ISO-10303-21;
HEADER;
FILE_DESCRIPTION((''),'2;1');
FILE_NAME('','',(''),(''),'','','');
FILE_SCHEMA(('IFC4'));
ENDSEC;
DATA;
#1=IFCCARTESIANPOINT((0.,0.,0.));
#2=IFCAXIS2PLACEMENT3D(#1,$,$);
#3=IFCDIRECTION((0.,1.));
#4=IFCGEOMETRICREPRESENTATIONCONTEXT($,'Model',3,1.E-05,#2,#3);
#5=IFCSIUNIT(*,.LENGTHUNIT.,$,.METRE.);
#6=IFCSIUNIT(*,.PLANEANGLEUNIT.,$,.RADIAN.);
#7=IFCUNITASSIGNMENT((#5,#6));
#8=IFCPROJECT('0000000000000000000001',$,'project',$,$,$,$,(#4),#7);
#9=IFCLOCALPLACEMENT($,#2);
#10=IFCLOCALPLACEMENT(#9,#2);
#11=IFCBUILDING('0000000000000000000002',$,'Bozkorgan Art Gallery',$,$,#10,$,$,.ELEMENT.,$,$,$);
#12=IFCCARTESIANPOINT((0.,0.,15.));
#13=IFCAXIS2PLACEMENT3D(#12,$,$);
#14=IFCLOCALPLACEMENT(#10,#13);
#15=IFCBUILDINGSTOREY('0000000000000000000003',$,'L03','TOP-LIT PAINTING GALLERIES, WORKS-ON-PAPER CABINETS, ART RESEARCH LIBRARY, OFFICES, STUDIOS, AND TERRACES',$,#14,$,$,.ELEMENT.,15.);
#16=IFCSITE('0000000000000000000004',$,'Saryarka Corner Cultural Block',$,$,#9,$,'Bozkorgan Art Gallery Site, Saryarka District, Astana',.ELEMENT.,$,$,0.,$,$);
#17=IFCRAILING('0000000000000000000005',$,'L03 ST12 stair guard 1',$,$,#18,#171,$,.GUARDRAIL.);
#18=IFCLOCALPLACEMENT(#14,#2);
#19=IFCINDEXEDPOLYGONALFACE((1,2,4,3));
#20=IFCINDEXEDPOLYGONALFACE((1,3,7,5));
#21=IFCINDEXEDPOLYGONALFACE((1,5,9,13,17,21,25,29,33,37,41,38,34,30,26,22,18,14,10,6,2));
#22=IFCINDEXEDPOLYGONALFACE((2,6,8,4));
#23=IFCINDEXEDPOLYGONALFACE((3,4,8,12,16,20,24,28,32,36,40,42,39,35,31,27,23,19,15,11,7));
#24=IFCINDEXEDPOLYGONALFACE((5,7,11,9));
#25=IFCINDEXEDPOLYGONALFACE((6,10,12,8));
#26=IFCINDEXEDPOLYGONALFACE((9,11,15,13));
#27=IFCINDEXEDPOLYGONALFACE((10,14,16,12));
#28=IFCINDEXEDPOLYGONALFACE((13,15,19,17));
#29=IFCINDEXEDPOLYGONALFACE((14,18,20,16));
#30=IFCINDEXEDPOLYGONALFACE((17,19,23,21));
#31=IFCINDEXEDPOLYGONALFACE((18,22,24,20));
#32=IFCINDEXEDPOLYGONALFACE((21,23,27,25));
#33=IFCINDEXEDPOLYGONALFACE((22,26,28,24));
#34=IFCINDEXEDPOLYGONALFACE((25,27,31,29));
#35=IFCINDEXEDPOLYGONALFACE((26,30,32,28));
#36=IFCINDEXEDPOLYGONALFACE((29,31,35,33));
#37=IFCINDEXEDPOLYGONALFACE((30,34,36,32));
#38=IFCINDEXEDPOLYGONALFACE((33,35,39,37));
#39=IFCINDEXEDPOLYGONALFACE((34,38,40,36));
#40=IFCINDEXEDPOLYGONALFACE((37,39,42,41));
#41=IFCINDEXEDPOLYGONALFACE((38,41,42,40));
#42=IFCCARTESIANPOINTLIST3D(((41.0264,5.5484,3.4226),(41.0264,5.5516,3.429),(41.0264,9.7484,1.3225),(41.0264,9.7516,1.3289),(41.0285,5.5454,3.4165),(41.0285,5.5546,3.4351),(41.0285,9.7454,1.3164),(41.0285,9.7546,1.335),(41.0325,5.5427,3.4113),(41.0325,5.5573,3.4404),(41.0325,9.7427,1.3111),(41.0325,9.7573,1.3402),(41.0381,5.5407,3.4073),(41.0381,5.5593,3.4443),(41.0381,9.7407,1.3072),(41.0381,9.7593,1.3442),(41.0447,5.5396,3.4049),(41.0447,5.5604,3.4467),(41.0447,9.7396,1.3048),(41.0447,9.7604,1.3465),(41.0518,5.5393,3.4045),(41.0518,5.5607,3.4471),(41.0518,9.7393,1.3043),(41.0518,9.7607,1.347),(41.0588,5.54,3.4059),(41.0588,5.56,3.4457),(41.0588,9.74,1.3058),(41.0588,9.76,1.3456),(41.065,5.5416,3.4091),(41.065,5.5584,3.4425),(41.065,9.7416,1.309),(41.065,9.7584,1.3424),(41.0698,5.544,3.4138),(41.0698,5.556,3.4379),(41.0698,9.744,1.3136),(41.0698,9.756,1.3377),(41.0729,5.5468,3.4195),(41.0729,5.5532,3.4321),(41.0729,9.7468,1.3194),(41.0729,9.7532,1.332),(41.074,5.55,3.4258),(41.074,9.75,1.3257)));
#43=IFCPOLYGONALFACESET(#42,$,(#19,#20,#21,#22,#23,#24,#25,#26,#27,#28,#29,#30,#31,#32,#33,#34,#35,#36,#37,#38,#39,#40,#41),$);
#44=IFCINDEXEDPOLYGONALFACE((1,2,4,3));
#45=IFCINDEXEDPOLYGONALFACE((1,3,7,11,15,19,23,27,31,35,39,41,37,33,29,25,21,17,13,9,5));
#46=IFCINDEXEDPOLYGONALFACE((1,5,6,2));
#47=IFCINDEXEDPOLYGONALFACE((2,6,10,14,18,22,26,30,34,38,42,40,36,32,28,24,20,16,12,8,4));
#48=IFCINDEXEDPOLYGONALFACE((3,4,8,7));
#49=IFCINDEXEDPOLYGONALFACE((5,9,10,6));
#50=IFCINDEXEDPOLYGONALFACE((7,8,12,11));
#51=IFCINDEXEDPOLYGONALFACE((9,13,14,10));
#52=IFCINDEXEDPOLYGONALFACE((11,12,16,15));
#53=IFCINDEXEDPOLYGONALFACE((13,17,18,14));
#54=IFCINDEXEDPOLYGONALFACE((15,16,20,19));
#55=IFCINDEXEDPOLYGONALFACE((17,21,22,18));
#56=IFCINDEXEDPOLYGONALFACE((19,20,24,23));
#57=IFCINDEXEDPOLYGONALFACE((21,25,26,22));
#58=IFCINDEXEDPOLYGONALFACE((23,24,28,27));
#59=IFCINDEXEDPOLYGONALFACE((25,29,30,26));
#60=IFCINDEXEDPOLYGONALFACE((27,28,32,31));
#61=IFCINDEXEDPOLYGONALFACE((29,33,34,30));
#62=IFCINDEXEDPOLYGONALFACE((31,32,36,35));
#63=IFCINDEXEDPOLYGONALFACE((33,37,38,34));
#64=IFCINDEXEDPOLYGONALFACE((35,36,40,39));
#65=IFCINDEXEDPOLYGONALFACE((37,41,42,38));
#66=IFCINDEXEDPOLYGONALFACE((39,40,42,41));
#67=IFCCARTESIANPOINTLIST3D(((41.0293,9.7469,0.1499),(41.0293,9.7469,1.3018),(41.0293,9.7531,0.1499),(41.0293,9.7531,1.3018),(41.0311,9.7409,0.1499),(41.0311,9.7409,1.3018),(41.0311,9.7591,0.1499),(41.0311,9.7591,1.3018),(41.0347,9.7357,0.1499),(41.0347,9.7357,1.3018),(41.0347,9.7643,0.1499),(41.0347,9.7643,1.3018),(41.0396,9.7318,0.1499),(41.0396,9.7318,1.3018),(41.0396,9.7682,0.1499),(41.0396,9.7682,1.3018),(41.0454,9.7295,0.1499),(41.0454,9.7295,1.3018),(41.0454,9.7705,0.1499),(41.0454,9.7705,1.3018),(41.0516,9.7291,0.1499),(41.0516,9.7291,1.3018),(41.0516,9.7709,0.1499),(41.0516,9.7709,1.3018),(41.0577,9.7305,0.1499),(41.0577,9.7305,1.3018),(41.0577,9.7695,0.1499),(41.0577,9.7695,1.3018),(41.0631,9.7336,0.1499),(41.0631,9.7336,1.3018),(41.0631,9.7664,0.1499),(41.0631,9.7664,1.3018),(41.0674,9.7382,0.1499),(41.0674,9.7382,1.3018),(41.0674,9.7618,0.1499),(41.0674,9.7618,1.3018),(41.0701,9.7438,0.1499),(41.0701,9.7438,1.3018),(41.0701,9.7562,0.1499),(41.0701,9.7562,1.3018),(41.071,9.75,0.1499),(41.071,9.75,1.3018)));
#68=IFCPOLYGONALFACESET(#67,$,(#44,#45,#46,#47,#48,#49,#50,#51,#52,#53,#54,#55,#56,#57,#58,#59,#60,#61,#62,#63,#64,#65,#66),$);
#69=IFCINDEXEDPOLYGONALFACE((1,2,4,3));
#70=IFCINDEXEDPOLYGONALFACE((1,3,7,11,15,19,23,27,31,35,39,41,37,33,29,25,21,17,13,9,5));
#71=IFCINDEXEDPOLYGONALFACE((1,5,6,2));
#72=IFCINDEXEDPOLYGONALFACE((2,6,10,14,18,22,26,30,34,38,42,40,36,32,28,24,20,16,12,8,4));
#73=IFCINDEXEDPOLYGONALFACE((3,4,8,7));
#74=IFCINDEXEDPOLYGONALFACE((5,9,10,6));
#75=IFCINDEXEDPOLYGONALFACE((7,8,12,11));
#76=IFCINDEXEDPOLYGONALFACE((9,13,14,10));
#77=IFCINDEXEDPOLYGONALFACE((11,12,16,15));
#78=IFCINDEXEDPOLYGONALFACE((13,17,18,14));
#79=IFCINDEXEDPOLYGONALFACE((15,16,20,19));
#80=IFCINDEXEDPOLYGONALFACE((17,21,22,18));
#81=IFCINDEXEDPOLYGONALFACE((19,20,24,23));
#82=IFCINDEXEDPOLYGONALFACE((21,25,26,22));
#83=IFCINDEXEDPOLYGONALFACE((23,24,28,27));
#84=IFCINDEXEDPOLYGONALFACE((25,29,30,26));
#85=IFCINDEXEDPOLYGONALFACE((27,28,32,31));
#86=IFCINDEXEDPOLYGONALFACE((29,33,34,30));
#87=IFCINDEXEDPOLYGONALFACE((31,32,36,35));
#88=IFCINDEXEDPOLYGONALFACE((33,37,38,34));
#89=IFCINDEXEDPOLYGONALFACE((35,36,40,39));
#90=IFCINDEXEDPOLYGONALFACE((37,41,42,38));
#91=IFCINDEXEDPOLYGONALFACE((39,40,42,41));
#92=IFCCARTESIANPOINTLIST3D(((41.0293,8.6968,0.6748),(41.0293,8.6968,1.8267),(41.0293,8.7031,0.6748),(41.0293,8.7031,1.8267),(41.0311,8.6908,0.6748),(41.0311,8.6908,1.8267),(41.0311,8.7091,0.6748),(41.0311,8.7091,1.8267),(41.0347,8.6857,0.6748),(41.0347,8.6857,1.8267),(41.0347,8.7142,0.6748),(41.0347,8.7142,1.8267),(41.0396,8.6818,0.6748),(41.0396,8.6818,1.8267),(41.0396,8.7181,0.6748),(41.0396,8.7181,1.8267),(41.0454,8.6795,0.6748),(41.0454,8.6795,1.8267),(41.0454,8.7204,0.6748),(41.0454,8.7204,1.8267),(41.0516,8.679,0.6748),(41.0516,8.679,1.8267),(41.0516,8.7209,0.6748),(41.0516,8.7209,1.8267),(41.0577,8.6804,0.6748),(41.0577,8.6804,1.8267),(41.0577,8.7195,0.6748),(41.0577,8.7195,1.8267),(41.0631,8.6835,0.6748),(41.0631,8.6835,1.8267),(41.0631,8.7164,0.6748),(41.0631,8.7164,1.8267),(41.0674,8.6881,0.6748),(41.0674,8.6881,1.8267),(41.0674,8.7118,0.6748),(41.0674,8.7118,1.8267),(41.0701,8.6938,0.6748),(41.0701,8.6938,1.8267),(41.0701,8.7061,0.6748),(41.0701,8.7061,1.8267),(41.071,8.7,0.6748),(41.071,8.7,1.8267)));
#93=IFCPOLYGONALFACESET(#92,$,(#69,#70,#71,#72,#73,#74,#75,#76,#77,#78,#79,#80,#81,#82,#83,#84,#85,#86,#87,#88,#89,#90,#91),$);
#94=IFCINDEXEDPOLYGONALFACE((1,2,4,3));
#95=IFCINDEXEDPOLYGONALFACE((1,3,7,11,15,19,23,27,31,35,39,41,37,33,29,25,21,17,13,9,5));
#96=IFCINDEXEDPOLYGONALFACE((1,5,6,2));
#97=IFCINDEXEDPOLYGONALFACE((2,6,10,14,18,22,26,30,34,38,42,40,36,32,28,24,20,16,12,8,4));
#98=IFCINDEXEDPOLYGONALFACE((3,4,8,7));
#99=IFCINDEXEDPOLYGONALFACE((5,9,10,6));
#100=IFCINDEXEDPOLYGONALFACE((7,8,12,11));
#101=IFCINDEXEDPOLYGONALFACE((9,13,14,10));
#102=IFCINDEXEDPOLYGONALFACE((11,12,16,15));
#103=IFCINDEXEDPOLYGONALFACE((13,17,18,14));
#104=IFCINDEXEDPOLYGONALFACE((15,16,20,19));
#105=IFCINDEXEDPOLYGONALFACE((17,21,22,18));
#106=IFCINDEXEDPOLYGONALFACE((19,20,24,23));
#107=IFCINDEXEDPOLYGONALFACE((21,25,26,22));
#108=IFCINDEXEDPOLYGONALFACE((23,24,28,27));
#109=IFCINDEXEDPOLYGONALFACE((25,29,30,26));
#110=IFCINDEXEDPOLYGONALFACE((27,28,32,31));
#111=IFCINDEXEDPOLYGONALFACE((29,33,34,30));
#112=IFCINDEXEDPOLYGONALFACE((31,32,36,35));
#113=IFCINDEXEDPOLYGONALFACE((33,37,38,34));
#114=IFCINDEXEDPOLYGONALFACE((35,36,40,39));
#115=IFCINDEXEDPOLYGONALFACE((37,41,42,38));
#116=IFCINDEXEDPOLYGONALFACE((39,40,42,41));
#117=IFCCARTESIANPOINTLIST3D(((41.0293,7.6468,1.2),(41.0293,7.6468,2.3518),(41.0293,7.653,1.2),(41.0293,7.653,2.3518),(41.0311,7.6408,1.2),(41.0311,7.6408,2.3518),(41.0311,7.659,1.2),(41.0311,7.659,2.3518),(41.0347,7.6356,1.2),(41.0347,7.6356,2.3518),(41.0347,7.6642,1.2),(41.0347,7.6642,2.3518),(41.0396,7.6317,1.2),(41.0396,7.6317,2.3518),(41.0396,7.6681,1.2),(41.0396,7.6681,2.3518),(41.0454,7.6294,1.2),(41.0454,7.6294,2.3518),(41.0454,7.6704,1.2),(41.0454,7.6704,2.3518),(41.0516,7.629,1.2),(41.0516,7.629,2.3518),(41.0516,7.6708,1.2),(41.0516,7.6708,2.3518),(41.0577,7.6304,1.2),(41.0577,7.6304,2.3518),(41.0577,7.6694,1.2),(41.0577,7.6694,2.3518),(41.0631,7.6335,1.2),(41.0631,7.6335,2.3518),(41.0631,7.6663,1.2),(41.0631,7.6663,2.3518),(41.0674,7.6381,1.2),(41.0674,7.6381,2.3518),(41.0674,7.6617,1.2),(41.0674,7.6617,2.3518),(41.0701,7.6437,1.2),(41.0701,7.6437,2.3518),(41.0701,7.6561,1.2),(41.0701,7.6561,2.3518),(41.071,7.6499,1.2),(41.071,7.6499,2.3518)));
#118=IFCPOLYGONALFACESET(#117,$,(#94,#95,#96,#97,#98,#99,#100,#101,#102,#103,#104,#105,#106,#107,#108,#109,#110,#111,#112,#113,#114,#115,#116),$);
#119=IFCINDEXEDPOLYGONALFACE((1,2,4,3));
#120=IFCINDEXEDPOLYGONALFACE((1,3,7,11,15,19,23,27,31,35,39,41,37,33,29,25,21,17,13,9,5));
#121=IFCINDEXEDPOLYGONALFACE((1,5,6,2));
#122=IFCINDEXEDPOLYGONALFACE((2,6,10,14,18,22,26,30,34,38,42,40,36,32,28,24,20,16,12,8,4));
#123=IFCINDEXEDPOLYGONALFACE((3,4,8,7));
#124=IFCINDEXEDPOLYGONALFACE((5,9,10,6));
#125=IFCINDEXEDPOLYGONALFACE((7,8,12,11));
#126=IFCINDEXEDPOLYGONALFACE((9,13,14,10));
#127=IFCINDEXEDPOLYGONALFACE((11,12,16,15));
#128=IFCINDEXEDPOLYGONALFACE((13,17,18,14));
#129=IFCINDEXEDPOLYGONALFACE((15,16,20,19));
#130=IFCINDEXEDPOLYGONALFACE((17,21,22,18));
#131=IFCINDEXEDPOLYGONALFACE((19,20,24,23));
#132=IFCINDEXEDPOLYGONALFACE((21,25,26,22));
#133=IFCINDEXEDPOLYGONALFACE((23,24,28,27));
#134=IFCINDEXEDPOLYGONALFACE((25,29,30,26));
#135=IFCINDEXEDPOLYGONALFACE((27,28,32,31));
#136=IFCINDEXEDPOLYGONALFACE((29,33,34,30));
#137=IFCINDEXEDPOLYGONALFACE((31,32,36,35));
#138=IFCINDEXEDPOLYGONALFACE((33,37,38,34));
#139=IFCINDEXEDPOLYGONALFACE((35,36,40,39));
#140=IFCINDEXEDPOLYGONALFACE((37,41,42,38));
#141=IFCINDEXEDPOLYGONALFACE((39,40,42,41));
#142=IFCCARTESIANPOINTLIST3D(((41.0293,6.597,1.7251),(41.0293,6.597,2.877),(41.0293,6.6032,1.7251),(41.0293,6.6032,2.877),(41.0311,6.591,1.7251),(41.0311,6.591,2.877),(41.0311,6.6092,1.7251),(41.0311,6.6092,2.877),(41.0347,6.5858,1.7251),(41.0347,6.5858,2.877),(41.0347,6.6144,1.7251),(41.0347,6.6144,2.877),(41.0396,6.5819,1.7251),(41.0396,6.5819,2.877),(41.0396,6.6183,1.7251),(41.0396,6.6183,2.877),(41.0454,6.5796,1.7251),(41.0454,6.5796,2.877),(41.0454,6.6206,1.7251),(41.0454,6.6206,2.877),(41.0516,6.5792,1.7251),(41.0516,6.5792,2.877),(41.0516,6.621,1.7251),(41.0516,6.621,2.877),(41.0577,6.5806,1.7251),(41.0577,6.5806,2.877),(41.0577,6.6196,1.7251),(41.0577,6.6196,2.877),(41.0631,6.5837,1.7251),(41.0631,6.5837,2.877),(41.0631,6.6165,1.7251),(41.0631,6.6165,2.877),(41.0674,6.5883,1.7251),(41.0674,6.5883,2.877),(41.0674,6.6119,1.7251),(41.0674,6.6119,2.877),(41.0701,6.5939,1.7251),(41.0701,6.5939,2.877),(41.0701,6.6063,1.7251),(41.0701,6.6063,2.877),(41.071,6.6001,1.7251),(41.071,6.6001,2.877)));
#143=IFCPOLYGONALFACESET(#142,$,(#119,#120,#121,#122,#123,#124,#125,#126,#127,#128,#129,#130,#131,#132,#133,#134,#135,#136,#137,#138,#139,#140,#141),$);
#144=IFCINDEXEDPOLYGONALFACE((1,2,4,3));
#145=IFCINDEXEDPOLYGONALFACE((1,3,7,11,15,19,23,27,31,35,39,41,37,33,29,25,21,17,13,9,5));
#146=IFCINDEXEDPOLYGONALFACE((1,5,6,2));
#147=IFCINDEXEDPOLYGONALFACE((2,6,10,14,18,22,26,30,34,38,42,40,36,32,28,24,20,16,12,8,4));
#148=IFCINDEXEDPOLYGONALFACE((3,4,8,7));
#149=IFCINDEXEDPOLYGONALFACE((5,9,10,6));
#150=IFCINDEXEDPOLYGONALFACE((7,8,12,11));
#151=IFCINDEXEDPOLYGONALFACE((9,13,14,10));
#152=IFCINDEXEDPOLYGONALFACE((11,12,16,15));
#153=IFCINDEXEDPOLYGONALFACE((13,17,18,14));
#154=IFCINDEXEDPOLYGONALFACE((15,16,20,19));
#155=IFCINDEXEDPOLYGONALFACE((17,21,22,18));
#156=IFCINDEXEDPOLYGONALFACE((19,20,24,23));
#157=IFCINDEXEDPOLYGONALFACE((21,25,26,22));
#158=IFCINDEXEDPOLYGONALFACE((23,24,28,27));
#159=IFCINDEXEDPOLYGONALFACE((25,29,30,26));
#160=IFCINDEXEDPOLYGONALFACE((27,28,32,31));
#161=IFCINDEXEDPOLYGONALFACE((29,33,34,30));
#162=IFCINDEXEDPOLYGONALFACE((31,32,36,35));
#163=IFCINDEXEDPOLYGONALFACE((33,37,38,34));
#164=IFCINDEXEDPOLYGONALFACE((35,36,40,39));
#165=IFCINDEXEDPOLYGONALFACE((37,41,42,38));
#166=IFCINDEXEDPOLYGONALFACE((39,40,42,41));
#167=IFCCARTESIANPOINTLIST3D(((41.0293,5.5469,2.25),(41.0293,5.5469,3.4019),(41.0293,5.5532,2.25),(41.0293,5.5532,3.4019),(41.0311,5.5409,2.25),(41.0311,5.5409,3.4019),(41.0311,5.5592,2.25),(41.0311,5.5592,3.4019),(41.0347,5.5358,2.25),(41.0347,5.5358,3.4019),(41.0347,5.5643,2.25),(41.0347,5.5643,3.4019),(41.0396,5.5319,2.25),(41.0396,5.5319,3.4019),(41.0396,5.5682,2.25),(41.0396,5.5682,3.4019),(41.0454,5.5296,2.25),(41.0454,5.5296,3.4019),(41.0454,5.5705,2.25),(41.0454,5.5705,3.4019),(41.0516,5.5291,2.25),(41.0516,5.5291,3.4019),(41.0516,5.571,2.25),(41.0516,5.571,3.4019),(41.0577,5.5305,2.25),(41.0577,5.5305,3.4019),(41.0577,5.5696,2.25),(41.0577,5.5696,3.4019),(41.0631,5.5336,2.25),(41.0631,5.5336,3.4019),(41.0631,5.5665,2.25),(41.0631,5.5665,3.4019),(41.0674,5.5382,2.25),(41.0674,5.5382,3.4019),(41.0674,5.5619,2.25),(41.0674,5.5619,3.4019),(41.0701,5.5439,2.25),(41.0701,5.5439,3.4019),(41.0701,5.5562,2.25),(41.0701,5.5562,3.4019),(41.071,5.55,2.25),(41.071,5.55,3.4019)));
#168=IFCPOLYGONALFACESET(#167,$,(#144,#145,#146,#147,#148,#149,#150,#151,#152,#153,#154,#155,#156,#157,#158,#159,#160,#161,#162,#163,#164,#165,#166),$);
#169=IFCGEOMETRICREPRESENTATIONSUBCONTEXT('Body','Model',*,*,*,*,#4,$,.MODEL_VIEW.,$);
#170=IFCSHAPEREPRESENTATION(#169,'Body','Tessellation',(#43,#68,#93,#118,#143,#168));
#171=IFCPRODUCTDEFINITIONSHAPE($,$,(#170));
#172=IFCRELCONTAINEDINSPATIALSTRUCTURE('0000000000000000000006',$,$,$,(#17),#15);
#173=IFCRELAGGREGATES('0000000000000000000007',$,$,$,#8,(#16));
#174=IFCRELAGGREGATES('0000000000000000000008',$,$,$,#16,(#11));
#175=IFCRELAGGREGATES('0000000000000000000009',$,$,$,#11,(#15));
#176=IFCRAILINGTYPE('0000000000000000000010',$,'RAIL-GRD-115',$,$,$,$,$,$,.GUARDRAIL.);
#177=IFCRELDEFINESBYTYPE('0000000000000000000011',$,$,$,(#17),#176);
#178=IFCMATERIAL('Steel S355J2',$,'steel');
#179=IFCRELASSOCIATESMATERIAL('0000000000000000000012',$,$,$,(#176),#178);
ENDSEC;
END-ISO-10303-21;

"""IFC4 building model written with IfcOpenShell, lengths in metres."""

from ifc_helpers import new_model, si_unit, direction, frame, origin, origin_2d, place, context, subcontext, project, spatial, circle, extrude, material, type_object, element, save


model = new_model("IFC4")

# Units and contexts
model_context = context("Model", 3, precision=1e-05, world=origin(), true_north=direction((0.0, 1.0)))
body_context = subcontext(model_context, "Body", "Model", "MODEL_VIEW")
ifc_project = project(units=[si_unit("LENGTHUNIT", "METRE"), si_unit("PLANEANGLEUNIT", "RADIAN")], contexts=[model_context])

# Site, building, storey
site_placement = place(None, origin())
site = spatial("IfcSite", under=ifc_project, at=site_placement, Name="Saryarka Corner Cultural Block", LongName="Bozkorgan Art Gallery Site, Saryarka District, Astana", CompositionType="ELEMENT", RefElevation=0.0)
building_placement = place(site_placement, origin())
building = spatial("IfcBuilding", under=site, at=building_placement, Name="Bozkorgan Art Gallery", CompositionType="ELEMENT")
storey_placement = place(building_placement, frame((0.0, 0.0, 15.0)))
storey = spatial("IfcBuildingStorey", under=building, at=storey_placement, Name="L03", Description="TOP-LIT PAINTING GALLERIES, WORKS-ON-PAPER CABINETS, ART RESEARCH LIBRARY, OFFICES, STUDIOS, AND TERRACES", CompositionType="ELEMENT", Elevation=15.0)

# Shared definitions
ifc_material_1 = material(Name="Steel S355J2", Category="steel")

# Railing
railing_type_1 = type_object("IfcRailingType", Name="RAIL-GRD-115", PredefinedType="GUARDRAIL", material=ifc_material_1)
railing_1_placement = place(storey_placement, frame((41.05, 9.75, 0.1499)))
element("IfcRailing", 1, at=railing_1_placement, inside=storey, type_object=railing_type_1, Name="L03 ST12 stair guard 1", PredefinedType="GUARDRAIL", context=body_context, shape_type="SweptSolid", body=[
    extrude(circle(Radius=0.0239, at=origin_2d()), frame((0.0, 0.0, 1.1758), z_axis=(0.0, -0.894417, 0.447234), x_axis=(1.0, 0.0, 0.0)), (0.0, 0.0, 1.0), 4.6958),
    extrude(circle(Radius=0.021, at=origin_2d()), origin(), (0.0, 0.0, 1.0), 1.1519),
    extrude(circle(Radius=0.021, at=origin_2d()), frame((0.0, -1.05, 0.5249)), (0.0, 0.0, 1.0), 1.1519),
    extrude(circle(Radius=0.021, at=origin_2d()), frame((0.0, -2.1001, 1.05)), (0.0, 0.0, 1.0), 1.1519),
    extrude(circle(Radius=0.021, at=origin_2d()), frame((0.0, -3.1499, 1.5752)), (0.0, 0.0, 1.0), 1.1519),
    extrude(circle(Radius=0.021, at=origin_2d()), frame((0.0, -4.2, 2.1001)), (0.0, 0.0, 1.0), 1.1519),
])

save(model, "model.ifc")
